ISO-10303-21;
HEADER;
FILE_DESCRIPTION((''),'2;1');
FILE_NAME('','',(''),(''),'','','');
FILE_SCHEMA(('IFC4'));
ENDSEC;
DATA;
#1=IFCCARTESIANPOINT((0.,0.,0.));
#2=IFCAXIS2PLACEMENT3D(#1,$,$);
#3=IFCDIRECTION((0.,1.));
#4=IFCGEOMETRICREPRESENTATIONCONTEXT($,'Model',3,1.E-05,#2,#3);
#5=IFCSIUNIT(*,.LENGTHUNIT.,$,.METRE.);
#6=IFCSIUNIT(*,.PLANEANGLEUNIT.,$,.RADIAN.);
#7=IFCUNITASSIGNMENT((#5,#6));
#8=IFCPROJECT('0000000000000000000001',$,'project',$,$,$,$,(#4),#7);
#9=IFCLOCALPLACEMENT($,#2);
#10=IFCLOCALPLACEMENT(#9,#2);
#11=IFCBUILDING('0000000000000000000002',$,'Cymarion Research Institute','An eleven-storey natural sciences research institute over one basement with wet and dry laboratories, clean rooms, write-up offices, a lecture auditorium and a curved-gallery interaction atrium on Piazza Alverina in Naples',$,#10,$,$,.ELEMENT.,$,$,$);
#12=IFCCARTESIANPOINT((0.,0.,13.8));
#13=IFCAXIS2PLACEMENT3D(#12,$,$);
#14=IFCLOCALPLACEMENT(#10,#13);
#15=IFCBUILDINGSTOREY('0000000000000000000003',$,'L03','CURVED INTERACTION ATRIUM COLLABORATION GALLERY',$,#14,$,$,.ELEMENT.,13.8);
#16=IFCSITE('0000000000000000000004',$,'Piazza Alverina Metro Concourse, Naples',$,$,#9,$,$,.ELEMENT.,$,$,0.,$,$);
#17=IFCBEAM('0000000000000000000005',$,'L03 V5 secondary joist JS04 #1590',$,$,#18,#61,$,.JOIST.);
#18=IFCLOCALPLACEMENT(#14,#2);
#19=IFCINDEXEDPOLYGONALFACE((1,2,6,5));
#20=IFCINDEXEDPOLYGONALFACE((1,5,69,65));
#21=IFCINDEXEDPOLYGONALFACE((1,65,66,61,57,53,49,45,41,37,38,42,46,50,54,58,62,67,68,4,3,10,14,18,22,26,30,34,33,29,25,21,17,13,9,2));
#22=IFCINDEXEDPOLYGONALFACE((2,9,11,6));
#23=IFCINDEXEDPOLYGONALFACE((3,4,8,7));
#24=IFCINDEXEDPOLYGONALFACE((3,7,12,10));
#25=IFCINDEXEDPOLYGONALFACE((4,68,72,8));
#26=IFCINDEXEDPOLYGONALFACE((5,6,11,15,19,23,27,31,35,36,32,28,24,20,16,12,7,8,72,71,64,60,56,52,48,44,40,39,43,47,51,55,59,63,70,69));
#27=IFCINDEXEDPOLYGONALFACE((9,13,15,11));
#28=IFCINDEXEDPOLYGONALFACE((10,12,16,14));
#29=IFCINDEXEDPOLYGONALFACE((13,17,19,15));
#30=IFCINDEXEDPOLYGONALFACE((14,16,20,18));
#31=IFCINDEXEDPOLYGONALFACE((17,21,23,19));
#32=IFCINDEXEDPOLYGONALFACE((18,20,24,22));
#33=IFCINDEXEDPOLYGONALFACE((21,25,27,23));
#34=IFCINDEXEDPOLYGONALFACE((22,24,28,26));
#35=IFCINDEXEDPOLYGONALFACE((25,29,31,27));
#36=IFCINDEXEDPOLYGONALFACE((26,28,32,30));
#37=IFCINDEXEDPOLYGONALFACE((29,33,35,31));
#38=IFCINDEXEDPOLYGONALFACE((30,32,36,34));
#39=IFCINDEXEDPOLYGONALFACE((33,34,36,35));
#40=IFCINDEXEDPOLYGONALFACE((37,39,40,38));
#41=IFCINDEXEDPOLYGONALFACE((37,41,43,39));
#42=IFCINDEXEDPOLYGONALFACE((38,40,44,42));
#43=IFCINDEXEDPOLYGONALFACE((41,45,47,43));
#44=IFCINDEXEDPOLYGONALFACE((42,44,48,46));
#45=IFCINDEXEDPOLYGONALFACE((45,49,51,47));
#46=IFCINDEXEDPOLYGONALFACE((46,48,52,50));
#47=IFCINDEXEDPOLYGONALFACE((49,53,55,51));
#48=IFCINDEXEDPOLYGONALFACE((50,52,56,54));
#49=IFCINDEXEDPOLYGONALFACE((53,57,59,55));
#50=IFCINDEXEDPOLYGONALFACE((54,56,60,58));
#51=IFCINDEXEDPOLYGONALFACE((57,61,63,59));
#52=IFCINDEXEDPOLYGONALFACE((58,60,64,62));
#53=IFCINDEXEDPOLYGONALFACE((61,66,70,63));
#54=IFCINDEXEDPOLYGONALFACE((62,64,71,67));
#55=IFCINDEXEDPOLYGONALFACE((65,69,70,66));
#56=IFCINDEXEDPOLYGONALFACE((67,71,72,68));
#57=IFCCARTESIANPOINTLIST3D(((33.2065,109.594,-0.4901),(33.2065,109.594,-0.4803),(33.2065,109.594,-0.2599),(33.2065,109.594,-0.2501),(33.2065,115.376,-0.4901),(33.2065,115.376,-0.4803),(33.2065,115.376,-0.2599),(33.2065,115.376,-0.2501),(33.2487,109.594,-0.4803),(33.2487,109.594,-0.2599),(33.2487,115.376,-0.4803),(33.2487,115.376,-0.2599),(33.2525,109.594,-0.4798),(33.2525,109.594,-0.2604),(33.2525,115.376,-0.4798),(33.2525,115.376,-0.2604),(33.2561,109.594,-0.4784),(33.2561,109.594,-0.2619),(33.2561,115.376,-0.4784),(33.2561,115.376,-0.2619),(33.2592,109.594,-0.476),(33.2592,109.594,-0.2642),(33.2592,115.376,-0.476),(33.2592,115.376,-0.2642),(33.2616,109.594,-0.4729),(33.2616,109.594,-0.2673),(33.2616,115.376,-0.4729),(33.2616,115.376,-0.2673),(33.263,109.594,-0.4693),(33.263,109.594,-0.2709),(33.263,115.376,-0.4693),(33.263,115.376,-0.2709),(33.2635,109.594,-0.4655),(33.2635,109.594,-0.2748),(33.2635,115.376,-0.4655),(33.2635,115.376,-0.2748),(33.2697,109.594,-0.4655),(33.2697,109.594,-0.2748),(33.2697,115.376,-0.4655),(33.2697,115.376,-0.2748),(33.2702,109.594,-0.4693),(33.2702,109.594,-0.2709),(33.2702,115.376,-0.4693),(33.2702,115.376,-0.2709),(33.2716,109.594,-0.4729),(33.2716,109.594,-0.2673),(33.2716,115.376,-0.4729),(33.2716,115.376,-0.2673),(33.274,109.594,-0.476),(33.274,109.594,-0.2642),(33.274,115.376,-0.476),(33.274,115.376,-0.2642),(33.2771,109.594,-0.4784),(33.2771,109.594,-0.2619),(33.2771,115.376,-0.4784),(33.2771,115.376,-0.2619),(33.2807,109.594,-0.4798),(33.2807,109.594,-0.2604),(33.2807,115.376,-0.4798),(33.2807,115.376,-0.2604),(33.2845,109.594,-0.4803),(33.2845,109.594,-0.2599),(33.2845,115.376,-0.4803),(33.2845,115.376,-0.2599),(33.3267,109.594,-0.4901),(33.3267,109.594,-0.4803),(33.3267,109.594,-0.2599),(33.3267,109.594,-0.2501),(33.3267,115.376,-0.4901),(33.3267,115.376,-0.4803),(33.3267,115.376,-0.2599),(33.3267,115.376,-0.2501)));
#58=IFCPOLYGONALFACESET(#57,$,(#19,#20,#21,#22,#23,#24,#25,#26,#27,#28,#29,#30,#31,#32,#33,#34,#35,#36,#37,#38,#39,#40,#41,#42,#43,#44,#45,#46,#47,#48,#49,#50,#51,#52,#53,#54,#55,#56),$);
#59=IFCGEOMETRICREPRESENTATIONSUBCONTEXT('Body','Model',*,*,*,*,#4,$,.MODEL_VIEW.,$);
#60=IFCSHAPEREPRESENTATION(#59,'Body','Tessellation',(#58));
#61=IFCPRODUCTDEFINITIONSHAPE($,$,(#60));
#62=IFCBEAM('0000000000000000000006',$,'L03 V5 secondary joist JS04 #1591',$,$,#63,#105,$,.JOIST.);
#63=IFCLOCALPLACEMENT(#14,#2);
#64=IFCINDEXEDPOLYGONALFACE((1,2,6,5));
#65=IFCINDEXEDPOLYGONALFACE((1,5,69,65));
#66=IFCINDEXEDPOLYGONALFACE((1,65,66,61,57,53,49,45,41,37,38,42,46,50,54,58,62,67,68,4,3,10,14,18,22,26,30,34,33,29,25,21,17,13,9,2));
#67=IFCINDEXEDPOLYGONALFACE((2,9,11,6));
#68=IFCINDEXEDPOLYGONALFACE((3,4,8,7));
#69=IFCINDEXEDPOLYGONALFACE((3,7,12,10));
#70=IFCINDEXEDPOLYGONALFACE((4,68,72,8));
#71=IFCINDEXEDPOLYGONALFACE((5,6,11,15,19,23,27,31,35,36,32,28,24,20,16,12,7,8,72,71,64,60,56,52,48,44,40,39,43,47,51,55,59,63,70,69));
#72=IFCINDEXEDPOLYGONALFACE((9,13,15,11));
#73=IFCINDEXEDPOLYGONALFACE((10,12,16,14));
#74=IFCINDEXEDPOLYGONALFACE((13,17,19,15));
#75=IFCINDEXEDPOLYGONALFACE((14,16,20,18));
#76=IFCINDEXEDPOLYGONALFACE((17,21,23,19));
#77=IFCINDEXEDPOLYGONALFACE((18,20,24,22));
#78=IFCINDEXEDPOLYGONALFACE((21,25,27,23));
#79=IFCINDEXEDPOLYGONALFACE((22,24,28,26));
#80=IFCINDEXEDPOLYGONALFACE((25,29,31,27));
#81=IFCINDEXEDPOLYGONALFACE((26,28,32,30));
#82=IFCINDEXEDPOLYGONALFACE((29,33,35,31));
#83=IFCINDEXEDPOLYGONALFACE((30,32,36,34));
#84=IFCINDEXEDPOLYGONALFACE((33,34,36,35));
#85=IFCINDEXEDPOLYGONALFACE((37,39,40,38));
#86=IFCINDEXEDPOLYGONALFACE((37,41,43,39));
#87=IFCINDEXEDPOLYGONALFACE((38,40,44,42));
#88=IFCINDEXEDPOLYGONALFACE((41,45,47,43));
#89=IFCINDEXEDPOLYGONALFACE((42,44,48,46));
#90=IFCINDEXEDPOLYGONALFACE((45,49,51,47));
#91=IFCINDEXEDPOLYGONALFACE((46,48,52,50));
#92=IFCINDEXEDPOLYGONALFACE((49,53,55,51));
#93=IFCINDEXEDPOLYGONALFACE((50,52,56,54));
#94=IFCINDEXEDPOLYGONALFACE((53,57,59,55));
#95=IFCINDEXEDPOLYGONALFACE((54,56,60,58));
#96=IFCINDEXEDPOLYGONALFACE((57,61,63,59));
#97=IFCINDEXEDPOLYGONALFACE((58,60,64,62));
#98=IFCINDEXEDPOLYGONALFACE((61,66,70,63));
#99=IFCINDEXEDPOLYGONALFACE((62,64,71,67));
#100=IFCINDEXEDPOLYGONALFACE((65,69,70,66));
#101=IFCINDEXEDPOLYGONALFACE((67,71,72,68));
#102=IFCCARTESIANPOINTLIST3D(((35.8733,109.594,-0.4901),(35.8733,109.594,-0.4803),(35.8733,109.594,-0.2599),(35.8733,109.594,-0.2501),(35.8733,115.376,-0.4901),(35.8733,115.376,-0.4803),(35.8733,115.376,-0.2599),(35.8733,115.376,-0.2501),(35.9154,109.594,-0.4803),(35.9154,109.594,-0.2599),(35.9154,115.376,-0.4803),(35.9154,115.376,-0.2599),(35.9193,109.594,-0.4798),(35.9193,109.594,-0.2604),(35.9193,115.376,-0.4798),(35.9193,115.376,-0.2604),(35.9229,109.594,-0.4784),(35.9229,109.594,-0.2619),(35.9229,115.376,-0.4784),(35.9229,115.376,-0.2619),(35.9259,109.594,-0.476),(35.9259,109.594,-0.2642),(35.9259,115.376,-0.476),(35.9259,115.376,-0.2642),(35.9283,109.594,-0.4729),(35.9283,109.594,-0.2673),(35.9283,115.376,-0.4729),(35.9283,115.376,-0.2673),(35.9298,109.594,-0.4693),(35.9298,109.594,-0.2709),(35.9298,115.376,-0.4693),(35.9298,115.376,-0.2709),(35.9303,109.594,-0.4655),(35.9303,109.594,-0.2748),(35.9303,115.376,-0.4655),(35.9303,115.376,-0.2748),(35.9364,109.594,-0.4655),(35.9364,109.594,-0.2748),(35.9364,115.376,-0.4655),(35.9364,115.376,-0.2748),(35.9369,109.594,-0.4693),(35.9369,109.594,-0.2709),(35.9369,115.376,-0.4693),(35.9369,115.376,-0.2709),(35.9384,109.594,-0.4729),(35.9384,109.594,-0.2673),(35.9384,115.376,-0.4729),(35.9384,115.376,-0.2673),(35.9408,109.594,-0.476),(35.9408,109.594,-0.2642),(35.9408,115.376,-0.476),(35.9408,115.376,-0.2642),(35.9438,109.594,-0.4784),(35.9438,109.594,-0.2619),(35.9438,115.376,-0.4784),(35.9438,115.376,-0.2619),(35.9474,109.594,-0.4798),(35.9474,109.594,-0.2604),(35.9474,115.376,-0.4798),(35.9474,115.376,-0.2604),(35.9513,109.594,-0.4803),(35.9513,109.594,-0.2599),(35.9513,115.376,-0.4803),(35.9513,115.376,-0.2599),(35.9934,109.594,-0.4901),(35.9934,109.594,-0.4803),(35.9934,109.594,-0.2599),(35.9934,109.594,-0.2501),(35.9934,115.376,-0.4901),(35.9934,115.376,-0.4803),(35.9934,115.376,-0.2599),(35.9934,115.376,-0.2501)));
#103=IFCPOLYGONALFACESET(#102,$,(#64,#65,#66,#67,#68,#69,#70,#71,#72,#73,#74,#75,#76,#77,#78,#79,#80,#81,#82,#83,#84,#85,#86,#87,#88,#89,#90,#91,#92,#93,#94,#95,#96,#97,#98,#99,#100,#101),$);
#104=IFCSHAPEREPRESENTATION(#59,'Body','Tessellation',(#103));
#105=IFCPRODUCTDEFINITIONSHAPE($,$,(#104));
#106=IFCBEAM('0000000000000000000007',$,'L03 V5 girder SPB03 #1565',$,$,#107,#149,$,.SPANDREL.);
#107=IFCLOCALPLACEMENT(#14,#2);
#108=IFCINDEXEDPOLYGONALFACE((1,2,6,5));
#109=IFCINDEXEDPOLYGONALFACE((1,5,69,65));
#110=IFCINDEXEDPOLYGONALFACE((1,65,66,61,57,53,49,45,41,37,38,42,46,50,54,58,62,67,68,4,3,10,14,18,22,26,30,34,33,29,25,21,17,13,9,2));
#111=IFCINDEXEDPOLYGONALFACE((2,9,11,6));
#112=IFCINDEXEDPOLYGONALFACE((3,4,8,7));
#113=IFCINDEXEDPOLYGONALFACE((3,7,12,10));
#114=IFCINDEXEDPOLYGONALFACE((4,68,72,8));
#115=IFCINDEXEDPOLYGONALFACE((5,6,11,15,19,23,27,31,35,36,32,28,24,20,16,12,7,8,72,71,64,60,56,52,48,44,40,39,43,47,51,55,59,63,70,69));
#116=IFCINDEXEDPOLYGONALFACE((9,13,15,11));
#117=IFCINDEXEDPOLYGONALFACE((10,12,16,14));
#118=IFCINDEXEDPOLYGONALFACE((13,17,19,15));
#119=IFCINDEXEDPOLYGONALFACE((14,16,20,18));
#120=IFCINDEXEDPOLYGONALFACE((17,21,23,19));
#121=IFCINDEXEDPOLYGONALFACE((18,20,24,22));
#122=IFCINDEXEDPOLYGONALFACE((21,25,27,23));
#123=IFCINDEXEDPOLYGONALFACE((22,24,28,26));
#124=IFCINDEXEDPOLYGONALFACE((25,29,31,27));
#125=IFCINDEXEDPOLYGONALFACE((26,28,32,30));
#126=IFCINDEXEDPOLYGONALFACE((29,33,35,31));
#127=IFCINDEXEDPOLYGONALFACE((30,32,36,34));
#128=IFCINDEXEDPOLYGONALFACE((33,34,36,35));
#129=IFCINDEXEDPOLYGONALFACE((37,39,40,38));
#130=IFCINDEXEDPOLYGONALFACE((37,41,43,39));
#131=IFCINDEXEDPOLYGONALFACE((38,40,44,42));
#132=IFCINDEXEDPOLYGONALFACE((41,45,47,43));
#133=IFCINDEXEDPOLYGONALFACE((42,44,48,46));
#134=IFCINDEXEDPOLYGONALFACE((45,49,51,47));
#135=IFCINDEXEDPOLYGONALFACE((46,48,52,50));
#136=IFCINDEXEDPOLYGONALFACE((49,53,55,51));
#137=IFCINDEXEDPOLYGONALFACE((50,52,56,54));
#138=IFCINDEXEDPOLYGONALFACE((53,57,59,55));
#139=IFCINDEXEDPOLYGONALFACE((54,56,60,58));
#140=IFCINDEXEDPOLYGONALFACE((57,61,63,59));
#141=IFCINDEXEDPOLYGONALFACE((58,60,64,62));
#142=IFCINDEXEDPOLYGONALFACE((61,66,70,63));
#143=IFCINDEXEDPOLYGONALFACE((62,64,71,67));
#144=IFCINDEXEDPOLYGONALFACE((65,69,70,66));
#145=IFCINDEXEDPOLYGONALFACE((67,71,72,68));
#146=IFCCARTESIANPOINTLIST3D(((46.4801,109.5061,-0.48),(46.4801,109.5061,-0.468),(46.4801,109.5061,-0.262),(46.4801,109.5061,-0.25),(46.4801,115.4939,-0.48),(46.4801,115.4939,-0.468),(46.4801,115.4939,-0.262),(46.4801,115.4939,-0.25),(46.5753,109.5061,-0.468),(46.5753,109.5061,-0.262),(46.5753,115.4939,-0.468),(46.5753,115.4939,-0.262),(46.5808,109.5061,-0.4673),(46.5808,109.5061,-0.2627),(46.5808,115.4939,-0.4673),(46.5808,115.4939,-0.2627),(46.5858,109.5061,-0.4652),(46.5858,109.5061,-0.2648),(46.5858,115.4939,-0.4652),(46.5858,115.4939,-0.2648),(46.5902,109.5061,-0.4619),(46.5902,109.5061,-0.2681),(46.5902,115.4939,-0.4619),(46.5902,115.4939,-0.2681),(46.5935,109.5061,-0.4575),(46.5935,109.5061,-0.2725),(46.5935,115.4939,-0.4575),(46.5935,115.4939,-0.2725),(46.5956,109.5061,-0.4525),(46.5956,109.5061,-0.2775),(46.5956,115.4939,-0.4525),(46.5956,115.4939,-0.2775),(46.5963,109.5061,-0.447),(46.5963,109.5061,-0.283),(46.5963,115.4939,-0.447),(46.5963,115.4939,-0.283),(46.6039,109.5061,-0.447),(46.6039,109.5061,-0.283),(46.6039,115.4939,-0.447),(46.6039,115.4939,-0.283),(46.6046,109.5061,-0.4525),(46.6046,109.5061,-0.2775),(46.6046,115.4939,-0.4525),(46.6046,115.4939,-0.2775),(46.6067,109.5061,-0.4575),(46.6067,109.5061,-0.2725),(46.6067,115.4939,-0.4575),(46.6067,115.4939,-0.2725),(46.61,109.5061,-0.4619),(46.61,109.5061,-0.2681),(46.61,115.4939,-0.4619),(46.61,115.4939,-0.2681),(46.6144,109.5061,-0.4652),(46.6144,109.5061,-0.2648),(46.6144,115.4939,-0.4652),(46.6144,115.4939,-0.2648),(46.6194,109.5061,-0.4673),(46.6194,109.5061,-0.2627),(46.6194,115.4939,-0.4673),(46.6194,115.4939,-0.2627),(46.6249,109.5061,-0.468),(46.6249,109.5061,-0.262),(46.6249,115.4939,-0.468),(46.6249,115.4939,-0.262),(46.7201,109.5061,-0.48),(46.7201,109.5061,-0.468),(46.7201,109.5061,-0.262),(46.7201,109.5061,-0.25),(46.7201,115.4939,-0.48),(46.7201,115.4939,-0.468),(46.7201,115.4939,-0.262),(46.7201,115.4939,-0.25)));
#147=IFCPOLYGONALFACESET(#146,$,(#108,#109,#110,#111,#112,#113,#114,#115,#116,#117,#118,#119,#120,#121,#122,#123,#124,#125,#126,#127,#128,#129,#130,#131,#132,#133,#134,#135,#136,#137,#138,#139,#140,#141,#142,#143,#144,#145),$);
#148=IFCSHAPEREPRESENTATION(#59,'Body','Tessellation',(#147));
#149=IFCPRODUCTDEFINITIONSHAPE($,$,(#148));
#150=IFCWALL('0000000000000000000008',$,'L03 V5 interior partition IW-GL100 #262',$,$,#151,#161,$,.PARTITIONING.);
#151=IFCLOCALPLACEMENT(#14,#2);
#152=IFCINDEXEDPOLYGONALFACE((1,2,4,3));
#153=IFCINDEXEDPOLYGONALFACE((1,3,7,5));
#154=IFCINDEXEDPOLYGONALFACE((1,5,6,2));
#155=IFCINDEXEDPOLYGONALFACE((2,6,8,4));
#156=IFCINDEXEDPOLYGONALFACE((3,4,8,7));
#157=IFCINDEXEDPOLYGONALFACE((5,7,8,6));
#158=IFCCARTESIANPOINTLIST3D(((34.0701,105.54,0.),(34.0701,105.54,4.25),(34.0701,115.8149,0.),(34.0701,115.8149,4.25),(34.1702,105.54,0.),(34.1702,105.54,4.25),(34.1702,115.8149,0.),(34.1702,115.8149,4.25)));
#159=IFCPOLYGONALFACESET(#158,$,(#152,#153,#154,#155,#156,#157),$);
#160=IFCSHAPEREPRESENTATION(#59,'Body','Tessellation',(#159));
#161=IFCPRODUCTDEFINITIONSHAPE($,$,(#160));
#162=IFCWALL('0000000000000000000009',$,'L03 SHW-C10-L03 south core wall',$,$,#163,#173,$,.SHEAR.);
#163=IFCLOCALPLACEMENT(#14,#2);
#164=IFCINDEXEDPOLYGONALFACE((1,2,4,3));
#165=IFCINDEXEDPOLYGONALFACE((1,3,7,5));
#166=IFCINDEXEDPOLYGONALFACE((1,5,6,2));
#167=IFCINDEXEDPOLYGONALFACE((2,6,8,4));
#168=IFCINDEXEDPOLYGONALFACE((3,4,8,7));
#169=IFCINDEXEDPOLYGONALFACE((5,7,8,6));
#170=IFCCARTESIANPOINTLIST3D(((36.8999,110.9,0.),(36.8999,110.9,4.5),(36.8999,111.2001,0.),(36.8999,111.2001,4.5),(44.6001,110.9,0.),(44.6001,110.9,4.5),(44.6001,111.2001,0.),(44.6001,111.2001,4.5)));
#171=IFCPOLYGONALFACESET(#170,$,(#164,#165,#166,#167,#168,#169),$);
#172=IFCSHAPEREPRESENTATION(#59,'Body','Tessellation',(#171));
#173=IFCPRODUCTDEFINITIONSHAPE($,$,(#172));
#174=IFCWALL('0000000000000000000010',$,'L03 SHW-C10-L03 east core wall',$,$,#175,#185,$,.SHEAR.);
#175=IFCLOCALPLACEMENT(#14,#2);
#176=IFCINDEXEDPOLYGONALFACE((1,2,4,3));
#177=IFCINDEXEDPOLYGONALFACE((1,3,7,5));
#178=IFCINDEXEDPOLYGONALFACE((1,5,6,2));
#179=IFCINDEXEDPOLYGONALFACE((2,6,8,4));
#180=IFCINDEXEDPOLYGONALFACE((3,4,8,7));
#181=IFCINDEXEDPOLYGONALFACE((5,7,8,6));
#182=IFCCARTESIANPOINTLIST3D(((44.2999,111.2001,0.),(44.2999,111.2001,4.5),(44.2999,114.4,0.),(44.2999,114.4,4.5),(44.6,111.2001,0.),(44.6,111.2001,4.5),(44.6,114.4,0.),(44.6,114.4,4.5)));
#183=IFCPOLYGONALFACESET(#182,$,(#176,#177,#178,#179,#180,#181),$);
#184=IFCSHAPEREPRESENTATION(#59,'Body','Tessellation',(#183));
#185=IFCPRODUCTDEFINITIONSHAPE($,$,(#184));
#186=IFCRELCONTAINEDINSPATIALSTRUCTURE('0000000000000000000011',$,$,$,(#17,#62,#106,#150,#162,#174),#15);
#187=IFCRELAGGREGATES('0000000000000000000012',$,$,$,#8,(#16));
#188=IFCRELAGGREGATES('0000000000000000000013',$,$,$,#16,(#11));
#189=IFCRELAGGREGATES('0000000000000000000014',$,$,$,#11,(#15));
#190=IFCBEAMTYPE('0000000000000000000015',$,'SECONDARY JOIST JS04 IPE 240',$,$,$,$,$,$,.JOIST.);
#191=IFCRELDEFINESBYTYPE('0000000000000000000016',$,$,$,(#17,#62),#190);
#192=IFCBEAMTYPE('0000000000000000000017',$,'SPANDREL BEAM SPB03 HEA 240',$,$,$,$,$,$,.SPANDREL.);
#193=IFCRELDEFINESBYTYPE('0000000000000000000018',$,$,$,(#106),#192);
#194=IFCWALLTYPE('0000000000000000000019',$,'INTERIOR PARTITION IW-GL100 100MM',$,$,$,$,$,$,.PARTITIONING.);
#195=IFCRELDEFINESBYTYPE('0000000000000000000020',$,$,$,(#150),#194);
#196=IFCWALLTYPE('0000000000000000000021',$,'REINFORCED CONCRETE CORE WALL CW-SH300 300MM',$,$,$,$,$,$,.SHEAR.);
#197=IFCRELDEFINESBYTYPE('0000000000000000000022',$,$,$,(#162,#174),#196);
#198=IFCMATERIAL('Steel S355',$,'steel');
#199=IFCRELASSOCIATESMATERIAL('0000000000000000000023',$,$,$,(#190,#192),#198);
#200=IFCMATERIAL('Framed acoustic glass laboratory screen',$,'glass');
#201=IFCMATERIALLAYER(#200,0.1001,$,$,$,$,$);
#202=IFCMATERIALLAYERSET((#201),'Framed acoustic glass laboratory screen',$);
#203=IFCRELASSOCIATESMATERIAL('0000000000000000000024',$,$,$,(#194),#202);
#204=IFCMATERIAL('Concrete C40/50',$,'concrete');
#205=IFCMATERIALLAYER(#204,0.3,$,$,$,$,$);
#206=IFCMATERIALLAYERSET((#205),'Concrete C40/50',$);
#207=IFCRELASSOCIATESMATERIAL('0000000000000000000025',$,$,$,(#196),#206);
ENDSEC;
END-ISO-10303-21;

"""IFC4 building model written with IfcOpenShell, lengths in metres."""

from ifc_helpers import new_model, si_unit, direction, frame, frame_2d, origin, origin_2d, place, context, subcontext, project, spatial, rectangle, i_section, extrude, material, layer, layer_set, material_profile, profile_set, type_object, element, save


model = new_model("IFC4")

# Units and contexts
model_context = context("Model", 3, precision=1e-05, world=origin(), true_north=direction((0.0, 1.0)))
body_context = subcontext(model_context, "Body", "Model", "MODEL_VIEW")
ifc_project = project(units=[si_unit("LENGTHUNIT", "METRE"), si_unit("PLANEANGLEUNIT", "RADIAN")], contexts=[model_context])

# Site, building, storey
site_placement = place(None, origin())
site = spatial("IfcSite", under=ifc_project, at=site_placement, Name="Piazza Alverina Metro Concourse, Naples", CompositionType="ELEMENT", RefElevation=0.0)
building_placement = place(site_placement, origin())
building = spatial("IfcBuilding", under=site, at=building_placement, Name="Cymarion Research Institute", Description="An eleven-storey natural sciences research institute over one basement with wet and dry laboratories, clean rooms, write-up offices, a lecture auditorium and a curved-gallery interaction atrium on Piazza Alverina in Naples", CompositionType="ELEMENT")
storey_placement = place(building_placement, frame((0.0, 0.0, 13.8)))
storey = spatial("IfcBuildingStorey", under=building, at=storey_placement, Name="L03", Description="CURVED INTERACTION ATRIUM COLLABORATION GALLERY", CompositionType="ELEMENT", Elevation=13.8)

# Shared definitions
ifc_material_1 = material(Name="Steel S355", Category="steel")

# Beams
ifc_material_profile_1 = material_profile(ifc_material_1, i_section(OverallWidth=0.1201, OverallDepth=0.24, WebThickness=0.0061, FlangeThickness=0.0098, FilletRadius=0.0149, at=origin_2d()), Name="IPE 240")
ifc_profile_set_1 = profile_set([ifc_material_profile_1], Name="Steel S355")
beam_type_1 = type_object("IfcBeamType", Name="SECONDARY JOIST JS04 IPE 240", PredefinedType="JOIST", material=ifc_profile_set_1)
for number, where, z_axis, x_axis, name in (
    (1, (33.2666, 109.594, -0.3701), (0.0, 1.0, 0.0), (-1.0, 0.0, 0.0), "L03 V5 secondary joist JS04 #1590"),
    (2, (35.9333, 109.594, -0.3701), (0.0, 1.0, 0.0), (-1.0, 0.0, 0.0), "L03 V5 secondary joist JS04 #1591"),
):
    element("IfcBeam", number, at=place(storey_placement, frame(where, z_axis=z_axis, x_axis=x_axis)), inside=storey, type_object=beam_type_1, Name=name, PredefinedType="JOIST", context=body_context, shape_type="SweptSolid", body=[
        extrude(i_section(OverallWidth=0.1201, OverallDepth=0.24, WebThickness=0.0061, FlangeThickness=0.0098, FilletRadius=0.0149, at=origin_2d()), origin(), (0.0, 0.0, 1.0), 5.782),
    ])
ifc_material_profile_2 = material_profile(ifc_material_1, i_section(OverallWidth=0.24, OverallDepth=0.23, WebThickness=0.0076, FlangeThickness=0.012, FilletRadius=0.021, at=origin_2d()), Name="HEA 240")
ifc_profile_set_2 = profile_set([ifc_material_profile_2], Name="Steel S355")
beam_type_2 = type_object("IfcBeamType", Name="SPANDREL BEAM SPB03 HEA 240", PredefinedType="SPANDREL", material=ifc_profile_set_2)
beam_placement = place(storey_placement, frame((46.6001, 109.5061, -0.365), z_axis=(0.0, 1.0, 0.0), x_axis=(-1.0, 0.0, 0.0)))
element("IfcBeam", 3, at=beam_placement, inside=storey, type_object=beam_type_2, Name="L03 V5 girder SPB03 #1565", PredefinedType="SPANDREL", context=body_context, shape_type="SweptSolid", body=[
    extrude(i_section(OverallWidth=0.24, OverallDepth=0.23, WebThickness=0.0076, FlangeThickness=0.012, FilletRadius=0.021, at=origin_2d()), origin(), (0.0, 0.0, 1.0), 5.9878),
])

# Walls
ifc_material_2 = material(Name="Framed acoustic glass laboratory screen", Category="glass")
ifc_layer_1 = layer(ifc_material_2, 0.1001)
ifc_layer_set_1 = layer_set([ifc_layer_1], Name="Framed acoustic glass laboratory screen")
wall_type_1 = type_object("IfcWallType", Name="INTERIOR PARTITION IW-GL100 100MM", PredefinedType="PARTITIONING", material=ifc_layer_set_1)
wall_1_placement = place(storey_placement, frame((34.1201, 105.54, 0.0), z_axis=(0.0, 0.0, 1.0), x_axis=(0.0, 1.0, 0.0)))
element("IfcWall", 4, at=wall_1_placement, inside=storey, type_object=wall_type_1, Name="L03 V5 interior partition IW-GL100 #262", PredefinedType="PARTITIONING", context=body_context, shape_type="SweptSolid", body=[
    extrude(rectangle(XDim=10.2749, YDim=0.1001, at=frame_2d((5.1375, 0.0))), origin(), (0.0, 0.0, 1.0), 4.25),
])
ifc_material_3 = material(Name="Concrete C40/50", Category="concrete")
ifc_layer_2 = layer(ifc_material_3, 0.3)
ifc_layer_set_2 = layer_set([ifc_layer_2], Name="Concrete C40/50")
wall_type_2 = type_object("IfcWallType", Name="REINFORCED CONCRETE CORE WALL CW-SH300 300MM", PredefinedType="SHEAR", material=ifc_layer_set_2)
wall_2_placement = place(storey_placement, frame((36.8999, 111.05, 0.0), z_axis=(0.0, 0.0, 1.0), x_axis=(1.0, 0.0, 0.0)))
element("IfcWall", 5, at=wall_2_placement, inside=storey, type_object=wall_type_2, Name="L03 SHW-C10-L03 south core wall", PredefinedType="SHEAR", context=body_context, shape_type="SweptSolid", body=[
    extrude(rectangle(XDim=7.7002, YDim=0.3, at=frame_2d((3.8501, 0.0))), origin(), (0.0, 0.0, 1.0), 4.5),
])
wall_3_placement = place(storey_placement, frame((44.45, 111.2, 0.0), z_axis=(0.0, 0.0, 1.0), x_axis=(0.0, 1.0, 0.0)))
element("IfcWall", 6, at=wall_3_placement, inside=storey, type_object=wall_type_2, Name="L03 SHW-C10-L03 east core wall", PredefinedType="SHEAR", context=body_context, shape_type="SweptSolid", body=[
    extrude(rectangle(XDim=3.2, YDim=0.3, at=frame_2d((1.6001, 0.0))), origin(), (0.0, 0.0, 1.0), 4.5),
])

save(model, "model.ifc")
